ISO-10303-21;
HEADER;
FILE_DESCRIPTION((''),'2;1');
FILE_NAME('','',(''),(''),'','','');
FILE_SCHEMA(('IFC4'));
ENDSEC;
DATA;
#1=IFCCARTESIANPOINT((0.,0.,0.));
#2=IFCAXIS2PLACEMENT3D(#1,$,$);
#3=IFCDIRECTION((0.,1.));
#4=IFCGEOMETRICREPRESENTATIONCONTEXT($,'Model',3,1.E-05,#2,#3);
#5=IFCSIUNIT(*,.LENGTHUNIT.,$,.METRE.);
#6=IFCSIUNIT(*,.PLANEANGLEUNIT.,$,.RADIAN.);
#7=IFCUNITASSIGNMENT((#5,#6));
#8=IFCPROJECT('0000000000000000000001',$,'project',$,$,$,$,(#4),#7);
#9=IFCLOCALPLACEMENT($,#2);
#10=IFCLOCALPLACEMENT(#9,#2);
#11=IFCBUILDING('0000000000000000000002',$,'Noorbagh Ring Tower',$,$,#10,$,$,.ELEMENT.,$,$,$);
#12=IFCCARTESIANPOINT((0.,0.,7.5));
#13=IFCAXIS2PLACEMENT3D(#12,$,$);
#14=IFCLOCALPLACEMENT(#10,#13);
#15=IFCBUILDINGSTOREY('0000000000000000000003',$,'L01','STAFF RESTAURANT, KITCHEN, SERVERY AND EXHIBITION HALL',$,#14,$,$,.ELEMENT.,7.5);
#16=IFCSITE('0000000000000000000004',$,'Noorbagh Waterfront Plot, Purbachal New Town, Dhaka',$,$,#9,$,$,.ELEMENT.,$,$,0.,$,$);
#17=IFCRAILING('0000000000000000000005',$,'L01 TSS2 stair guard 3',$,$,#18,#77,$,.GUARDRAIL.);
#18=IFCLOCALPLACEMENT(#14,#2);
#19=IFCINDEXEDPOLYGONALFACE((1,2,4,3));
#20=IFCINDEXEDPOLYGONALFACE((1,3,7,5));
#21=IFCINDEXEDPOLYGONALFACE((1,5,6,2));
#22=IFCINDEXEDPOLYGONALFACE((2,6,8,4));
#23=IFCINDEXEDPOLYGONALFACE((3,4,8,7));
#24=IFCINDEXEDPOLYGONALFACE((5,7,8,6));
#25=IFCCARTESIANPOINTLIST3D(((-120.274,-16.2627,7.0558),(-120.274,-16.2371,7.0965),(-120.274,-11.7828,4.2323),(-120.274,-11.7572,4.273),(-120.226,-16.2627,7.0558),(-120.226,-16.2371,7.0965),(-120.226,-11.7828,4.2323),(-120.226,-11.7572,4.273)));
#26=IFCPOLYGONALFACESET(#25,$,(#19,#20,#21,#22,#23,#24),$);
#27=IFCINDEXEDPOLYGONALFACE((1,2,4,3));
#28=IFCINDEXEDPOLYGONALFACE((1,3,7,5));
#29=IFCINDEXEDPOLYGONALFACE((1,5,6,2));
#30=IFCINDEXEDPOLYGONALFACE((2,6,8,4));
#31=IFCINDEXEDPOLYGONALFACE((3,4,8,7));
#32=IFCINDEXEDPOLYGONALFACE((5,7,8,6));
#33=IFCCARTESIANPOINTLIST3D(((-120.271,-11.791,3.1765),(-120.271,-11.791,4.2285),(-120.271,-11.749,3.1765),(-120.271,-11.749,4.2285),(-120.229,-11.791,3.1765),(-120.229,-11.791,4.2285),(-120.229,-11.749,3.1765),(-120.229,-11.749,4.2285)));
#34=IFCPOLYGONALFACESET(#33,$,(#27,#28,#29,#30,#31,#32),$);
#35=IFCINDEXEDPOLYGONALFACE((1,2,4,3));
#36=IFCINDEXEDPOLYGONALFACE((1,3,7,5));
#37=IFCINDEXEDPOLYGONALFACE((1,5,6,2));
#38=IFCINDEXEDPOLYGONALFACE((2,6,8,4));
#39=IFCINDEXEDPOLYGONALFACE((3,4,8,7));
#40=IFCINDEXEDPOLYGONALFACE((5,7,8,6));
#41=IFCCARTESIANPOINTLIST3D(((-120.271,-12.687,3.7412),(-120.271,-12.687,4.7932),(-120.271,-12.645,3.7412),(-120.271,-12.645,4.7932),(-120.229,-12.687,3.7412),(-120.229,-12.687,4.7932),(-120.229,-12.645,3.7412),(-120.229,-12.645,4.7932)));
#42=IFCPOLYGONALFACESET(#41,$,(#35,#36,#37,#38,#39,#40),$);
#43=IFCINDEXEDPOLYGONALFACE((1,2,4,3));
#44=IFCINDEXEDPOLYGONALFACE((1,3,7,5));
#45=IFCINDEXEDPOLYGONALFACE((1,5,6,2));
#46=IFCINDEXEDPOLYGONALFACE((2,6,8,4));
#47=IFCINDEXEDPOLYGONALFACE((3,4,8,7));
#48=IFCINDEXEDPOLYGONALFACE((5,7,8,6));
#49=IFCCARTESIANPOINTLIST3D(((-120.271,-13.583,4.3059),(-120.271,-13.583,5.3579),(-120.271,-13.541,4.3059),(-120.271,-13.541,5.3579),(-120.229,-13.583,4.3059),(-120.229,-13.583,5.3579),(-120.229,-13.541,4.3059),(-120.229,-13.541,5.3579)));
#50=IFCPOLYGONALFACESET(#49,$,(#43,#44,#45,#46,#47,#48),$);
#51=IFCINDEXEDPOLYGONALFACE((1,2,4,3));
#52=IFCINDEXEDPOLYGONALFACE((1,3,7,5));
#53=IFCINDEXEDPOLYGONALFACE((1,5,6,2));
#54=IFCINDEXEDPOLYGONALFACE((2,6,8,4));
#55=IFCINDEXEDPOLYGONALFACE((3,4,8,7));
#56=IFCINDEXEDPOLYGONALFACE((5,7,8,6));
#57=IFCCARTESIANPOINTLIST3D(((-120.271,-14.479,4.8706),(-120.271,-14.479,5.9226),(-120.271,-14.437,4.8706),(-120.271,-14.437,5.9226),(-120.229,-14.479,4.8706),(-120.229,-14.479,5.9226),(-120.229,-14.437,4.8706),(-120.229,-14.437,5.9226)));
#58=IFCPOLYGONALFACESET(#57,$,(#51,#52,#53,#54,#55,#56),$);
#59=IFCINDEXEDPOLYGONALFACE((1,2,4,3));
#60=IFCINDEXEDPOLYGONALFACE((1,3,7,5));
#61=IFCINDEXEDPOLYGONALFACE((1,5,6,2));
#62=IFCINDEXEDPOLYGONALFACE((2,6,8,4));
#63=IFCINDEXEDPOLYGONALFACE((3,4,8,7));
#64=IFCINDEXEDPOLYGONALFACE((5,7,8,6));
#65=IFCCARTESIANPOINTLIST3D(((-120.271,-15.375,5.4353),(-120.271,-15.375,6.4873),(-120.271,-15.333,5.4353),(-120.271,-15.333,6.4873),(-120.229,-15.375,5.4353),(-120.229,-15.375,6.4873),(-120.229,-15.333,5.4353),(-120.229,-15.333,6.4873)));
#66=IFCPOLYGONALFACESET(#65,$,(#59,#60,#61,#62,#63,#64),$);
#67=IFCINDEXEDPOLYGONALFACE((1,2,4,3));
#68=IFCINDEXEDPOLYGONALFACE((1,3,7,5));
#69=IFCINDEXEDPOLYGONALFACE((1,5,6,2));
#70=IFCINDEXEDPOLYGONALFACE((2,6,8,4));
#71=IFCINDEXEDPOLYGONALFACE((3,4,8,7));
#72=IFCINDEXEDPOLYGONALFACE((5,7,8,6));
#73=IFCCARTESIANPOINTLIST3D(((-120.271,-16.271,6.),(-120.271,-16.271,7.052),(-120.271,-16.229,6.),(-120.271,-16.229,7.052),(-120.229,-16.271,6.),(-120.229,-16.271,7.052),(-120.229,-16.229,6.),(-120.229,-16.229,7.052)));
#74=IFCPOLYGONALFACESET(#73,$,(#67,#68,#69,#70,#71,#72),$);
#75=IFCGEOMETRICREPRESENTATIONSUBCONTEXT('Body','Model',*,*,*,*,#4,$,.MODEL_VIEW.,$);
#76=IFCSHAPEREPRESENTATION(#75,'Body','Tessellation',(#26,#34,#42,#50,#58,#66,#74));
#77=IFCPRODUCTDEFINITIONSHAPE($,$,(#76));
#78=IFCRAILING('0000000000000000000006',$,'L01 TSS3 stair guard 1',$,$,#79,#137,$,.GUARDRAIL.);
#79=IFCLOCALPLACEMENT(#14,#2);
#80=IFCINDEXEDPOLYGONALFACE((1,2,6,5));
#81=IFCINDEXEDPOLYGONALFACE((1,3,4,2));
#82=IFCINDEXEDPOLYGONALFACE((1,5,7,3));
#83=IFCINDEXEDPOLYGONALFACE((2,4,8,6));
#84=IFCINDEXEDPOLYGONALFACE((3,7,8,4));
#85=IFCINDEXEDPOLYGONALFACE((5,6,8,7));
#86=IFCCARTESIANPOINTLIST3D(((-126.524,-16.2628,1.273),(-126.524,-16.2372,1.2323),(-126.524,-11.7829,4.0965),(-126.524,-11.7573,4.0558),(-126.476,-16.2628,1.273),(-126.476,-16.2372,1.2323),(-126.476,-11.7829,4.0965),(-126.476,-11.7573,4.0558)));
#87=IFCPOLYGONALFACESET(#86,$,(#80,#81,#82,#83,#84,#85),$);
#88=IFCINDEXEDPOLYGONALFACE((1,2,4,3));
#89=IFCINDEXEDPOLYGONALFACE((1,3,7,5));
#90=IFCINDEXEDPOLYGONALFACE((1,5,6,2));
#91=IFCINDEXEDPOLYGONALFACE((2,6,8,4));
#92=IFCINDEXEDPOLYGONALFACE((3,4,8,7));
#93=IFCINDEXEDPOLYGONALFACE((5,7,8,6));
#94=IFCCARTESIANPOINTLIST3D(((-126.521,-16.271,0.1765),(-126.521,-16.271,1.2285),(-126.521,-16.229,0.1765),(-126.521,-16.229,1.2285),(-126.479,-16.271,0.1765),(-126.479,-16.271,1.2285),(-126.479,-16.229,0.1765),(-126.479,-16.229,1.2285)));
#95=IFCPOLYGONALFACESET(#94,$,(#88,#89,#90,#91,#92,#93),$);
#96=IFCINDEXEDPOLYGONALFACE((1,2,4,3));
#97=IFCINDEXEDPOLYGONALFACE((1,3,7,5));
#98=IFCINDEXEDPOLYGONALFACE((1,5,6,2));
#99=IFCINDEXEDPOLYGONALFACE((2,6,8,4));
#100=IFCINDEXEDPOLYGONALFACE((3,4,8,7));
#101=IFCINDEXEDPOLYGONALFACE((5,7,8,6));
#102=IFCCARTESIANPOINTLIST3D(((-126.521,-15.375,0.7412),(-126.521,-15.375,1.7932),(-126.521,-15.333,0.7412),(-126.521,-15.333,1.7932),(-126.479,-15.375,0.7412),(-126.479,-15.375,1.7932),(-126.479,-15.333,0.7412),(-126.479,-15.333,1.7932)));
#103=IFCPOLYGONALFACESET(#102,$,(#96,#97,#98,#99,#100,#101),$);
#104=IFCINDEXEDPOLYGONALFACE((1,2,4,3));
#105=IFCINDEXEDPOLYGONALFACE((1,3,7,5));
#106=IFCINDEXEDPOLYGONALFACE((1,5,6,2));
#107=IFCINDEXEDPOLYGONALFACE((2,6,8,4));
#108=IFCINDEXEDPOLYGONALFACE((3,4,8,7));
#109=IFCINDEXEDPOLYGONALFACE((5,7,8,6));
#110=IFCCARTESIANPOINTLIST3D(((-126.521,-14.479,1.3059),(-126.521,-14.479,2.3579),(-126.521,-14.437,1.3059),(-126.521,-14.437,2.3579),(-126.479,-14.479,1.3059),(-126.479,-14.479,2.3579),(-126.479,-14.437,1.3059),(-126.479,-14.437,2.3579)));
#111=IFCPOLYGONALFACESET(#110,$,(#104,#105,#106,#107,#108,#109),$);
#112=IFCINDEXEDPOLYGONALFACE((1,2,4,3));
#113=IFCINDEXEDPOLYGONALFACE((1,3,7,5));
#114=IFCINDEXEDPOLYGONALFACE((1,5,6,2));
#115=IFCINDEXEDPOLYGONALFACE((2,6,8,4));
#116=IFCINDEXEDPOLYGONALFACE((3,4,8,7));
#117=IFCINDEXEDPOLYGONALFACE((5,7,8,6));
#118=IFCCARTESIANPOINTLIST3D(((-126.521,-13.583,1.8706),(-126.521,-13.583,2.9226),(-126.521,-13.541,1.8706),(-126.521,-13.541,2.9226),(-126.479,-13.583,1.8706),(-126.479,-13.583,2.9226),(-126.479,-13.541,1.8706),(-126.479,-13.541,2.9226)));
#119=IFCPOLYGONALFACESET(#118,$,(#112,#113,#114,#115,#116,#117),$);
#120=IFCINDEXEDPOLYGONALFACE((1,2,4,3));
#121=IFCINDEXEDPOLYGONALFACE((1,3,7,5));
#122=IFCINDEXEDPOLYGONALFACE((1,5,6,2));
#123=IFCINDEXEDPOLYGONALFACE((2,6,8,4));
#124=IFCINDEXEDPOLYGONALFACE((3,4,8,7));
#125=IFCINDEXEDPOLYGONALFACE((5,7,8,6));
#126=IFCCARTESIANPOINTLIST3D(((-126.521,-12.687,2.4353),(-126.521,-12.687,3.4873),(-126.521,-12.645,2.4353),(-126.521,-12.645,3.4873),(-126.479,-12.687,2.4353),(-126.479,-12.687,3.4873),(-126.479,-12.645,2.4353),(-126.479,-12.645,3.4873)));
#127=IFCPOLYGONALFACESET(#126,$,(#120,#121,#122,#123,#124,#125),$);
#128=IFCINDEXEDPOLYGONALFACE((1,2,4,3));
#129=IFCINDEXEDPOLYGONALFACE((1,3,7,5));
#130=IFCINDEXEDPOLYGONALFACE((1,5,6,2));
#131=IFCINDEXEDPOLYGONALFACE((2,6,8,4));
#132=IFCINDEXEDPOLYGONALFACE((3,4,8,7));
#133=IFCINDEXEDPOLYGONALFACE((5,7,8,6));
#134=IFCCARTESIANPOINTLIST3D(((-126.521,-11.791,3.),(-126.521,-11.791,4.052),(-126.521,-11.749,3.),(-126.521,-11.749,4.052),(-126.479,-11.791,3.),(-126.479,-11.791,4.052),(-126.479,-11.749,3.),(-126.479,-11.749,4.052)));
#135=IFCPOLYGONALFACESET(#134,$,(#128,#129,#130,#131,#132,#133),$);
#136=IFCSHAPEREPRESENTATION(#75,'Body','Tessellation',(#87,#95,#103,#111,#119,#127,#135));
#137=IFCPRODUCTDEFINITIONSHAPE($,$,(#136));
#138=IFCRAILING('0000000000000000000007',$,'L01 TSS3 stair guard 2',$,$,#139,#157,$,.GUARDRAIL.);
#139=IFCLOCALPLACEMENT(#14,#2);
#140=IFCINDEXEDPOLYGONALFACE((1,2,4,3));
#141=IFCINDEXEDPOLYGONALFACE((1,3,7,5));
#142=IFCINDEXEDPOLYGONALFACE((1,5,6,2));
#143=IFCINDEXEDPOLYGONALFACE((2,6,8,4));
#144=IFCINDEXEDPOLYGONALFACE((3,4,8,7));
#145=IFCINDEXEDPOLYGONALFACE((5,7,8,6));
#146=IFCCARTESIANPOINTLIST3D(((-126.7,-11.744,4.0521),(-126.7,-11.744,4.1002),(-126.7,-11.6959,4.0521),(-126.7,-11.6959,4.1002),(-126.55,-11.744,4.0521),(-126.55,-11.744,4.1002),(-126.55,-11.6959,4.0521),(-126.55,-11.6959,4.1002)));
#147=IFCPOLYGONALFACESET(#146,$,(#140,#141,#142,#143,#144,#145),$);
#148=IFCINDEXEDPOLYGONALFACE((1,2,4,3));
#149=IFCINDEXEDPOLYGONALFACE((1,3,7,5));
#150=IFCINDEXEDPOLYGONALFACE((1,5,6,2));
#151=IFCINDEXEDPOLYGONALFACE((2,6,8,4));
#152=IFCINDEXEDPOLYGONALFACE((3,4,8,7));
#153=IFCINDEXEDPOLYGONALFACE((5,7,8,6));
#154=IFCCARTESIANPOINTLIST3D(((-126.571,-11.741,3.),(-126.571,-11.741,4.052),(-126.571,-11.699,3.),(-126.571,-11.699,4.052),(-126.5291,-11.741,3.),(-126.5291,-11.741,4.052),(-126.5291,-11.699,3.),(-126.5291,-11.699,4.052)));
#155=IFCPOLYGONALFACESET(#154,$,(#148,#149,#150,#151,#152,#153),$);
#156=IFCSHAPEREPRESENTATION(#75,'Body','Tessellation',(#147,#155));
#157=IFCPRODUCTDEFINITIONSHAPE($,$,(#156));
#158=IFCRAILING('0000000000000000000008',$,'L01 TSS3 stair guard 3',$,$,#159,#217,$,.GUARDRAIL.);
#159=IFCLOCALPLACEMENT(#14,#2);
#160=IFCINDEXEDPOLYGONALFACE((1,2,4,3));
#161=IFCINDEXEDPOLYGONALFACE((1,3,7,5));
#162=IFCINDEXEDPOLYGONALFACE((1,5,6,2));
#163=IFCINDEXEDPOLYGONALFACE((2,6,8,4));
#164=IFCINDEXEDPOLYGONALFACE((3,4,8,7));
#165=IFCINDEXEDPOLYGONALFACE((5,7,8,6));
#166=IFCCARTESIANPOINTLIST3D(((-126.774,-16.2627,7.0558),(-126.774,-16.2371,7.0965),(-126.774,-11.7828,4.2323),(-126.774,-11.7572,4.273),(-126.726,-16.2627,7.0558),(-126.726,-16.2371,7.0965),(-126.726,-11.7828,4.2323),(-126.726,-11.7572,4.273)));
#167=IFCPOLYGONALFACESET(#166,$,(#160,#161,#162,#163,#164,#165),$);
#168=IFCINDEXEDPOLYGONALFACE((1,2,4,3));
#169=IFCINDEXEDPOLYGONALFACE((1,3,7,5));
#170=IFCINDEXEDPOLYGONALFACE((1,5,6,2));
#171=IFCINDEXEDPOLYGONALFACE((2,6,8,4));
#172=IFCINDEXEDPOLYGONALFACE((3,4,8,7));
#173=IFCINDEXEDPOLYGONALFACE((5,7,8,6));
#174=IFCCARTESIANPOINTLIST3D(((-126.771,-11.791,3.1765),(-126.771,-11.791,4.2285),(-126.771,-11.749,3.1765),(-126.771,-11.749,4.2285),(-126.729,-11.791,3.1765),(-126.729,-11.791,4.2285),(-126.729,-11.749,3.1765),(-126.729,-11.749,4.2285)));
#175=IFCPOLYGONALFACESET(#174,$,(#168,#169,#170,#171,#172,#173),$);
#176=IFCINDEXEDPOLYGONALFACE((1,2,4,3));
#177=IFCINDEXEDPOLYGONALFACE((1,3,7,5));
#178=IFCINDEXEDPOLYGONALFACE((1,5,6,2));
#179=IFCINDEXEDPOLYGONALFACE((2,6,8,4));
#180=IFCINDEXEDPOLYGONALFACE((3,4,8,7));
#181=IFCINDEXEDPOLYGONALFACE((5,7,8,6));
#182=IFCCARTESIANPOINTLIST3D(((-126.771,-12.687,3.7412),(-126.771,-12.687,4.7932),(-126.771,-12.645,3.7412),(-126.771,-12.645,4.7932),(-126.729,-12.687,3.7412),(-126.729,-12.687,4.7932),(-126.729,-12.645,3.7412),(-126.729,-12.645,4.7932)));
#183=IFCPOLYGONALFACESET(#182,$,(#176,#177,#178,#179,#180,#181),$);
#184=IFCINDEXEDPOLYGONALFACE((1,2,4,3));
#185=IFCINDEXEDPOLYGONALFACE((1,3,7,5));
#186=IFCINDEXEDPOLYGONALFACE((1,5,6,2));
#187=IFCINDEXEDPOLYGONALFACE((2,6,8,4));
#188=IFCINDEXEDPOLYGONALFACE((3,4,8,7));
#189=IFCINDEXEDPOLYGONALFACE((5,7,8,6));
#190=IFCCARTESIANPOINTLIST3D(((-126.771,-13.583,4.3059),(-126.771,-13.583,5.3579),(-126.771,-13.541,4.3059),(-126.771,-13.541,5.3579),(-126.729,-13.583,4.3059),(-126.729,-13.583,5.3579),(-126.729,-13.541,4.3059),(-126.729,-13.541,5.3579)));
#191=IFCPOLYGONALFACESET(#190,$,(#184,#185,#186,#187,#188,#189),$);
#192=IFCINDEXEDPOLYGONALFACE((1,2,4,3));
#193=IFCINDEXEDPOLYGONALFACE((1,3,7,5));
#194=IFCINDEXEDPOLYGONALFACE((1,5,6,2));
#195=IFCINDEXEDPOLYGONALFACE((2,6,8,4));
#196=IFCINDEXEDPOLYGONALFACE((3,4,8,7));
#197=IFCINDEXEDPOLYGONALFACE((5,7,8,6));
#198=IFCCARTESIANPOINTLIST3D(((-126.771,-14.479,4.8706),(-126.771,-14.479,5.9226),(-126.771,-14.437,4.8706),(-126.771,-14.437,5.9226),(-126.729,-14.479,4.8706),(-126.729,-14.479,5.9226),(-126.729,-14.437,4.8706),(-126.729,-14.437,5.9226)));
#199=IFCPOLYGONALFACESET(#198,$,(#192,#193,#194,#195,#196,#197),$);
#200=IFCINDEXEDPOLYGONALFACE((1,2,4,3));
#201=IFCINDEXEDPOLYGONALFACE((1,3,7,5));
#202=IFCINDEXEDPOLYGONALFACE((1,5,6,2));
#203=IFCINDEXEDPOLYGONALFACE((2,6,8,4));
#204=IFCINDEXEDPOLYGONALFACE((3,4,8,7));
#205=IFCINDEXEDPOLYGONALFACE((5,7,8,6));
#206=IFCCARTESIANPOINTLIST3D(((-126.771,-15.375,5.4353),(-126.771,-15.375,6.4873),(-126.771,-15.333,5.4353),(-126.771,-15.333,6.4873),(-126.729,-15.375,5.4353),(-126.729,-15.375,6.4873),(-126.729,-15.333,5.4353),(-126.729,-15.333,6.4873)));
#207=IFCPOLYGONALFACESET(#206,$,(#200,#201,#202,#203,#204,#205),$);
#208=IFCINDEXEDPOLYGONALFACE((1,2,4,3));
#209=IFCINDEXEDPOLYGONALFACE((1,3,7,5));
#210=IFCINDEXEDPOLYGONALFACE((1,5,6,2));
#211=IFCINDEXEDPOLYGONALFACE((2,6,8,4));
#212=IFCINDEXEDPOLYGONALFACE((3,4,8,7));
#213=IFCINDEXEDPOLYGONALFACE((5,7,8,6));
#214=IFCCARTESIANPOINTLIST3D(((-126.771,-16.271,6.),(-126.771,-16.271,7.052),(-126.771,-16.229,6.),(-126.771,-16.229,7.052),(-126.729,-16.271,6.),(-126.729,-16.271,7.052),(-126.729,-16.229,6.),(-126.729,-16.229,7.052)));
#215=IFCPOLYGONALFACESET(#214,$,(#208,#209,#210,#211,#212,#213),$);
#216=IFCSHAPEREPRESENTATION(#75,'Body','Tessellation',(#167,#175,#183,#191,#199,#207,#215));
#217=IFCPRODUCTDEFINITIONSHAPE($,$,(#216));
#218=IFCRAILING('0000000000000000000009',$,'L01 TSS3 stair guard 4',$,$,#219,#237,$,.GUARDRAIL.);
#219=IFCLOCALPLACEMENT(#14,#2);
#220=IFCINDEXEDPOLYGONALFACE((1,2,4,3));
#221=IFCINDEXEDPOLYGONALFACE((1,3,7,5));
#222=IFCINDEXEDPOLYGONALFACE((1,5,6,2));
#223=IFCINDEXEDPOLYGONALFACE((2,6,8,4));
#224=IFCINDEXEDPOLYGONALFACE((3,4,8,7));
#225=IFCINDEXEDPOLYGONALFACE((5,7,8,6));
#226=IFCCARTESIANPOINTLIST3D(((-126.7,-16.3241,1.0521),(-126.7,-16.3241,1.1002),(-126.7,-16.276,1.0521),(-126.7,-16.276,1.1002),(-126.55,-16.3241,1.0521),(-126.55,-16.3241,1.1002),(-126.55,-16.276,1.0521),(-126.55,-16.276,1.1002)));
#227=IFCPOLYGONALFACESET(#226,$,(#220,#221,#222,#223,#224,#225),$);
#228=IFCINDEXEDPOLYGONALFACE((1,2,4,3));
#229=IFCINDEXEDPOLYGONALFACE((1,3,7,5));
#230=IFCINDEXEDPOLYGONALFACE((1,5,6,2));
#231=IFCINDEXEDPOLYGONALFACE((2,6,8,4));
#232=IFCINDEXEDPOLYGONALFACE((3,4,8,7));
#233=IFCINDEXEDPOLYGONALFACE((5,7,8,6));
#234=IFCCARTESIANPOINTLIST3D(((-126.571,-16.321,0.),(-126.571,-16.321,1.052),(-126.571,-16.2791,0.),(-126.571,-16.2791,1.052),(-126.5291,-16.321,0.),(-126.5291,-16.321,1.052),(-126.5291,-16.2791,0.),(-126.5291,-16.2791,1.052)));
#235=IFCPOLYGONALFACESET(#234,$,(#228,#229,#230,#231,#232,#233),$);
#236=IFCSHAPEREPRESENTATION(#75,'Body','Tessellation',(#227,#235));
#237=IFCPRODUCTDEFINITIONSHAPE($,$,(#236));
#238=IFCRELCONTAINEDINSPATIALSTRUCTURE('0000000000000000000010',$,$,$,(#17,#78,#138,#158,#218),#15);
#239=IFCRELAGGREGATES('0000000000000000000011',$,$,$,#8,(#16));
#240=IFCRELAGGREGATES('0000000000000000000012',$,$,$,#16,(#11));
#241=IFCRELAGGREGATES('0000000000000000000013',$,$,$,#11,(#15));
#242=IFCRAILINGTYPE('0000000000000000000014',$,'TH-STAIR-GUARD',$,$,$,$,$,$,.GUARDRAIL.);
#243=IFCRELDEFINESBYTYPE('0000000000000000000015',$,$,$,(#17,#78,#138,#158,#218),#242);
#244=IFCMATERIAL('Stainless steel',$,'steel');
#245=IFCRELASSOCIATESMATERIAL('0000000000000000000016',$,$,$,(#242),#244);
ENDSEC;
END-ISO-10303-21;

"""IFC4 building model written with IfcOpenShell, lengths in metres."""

from ifc_helpers import new_model, si_unit, direction, frame, origin, origin_2d, place, context, subcontext, project, spatial, rectangle, extrude, material, type_object, element, save


model = new_model("IFC4")

# Units and contexts
model_context = context("Model", 3, precision=1e-05, world=origin(), true_north=direction((0.0, 1.0)))
body_context = subcontext(model_context, "Body", "Model", "MODEL_VIEW")
ifc_project = project(units=[si_unit("LENGTHUNIT", "METRE"), si_unit("PLANEANGLEUNIT", "RADIAN")], contexts=[model_context])

# Site, building, storey
site_placement = place(None, origin())
site = spatial("IfcSite", under=ifc_project, at=site_placement, Name="Noorbagh Waterfront Plot, Purbachal New Town, Dhaka", CompositionType="ELEMENT", RefElevation=0.0)
building_placement = place(site_placement, origin())
building = spatial("IfcBuilding", under=site, at=building_placement, Name="Noorbagh Ring Tower", CompositionType="ELEMENT")
storey_placement = place(building_placement, frame((0.0, 0.0, 7.5)))
storey = spatial("IfcBuildingStorey", under=building, at=storey_placement, Name="L01", Description="STAFF RESTAURANT, KITCHEN, SERVERY AND EXHIBITION HALL", CompositionType="ELEMENT", Elevation=7.5)

# Railings
ifc_material_1 = material(Name="Stainless steel", Category="steel")
railing_type_1 = type_object("IfcRailingType", Name="TH-STAIR-GUARD", PredefinedType="GUARDRAIL", material=ifc_material_1)
railing_1_placement = place(storey_placement, frame((-120.25, -11.77, 3.1765)))
element("IfcRailing", 1, at=railing_1_placement, inside=storey, type_object=railing_type_1, Name="L01 TSS2 stair guard 3", PredefinedType="GUARDRAIL", context=body_context, shape_type="SweptSolid", body=[
    extrude(rectangle(XDim=0.0481, YDim=0.0481, at=origin_2d()), frame((0.0, 0.0, 1.0762), z_axis=(0.0, -0.845998, 0.533186), x_axis=(1.0, 0.0, 0.0)), (0.0, 0.0, 1.0), 5.2954),
    extrude(rectangle(XDim=0.042, YDim=0.042, at=origin_2d()), origin(), (0.0, 0.0, 1.0), 1.052),
    extrude(rectangle(XDim=0.042, YDim=0.042, at=origin_2d()), frame((0.0, -0.896, 0.5647)), (0.0, 0.0, 1.0), 1.052),
    extrude(rectangle(XDim=0.042, YDim=0.042, at=origin_2d()), frame((0.0, -1.792, 1.1294)), (0.0, 0.0, 1.0), 1.052),
    extrude(rectangle(XDim=0.042, YDim=0.042, at=origin_2d()), frame((0.0, -2.688, 1.6941)), (0.0, 0.0, 1.0), 1.052),
    extrude(rectangle(XDim=0.042, YDim=0.042, at=origin_2d()), frame((0.0, -3.584, 2.2588)), (0.0, 0.0, 1.0), 1.052),
    extrude(rectangle(XDim=0.042, YDim=0.042, at=origin_2d()), frame((0.0, -4.48, 2.8235)), (0.0, 0.0, 1.0), 1.052),
])
railing_2_placement = place(storey_placement, frame((-126.5, -16.25, 0.1765)))
element("IfcRailing", 2, at=railing_2_placement, inside=storey, type_object=railing_type_1, Name="L01 TSS3 stair guard 1", PredefinedType="GUARDRAIL", context=body_context, shape_type="SweptSolid", body=[
    extrude(rectangle(XDim=0.0481, YDim=0.0481, at=origin_2d()), frame((0.0, 0.0, 1.0762), z_axis=(0.0, 0.845998, 0.533186), x_axis=(-1.0, 0.0, 0.0)), (0.0, 0.0, 1.0), 5.2954),
    extrude(rectangle(XDim=0.042, YDim=0.042, at=origin_2d()), origin(), (0.0, 0.0, 1.0), 1.052),
    extrude(rectangle(XDim=0.042, YDim=0.042, at=origin_2d()), frame((0.0, 0.896, 0.5647)), (0.0, 0.0, 1.0), 1.052),
    extrude(rectangle(XDim=0.042, YDim=0.042, at=origin_2d()), frame((0.0, 1.792, 1.1294)), (0.0, 0.0, 1.0), 1.052),
    extrude(rectangle(XDim=0.042, YDim=0.042, at=origin_2d()), frame((0.0, 2.688, 1.6941)), (0.0, 0.0, 1.0), 1.052),
    extrude(rectangle(XDim=0.042, YDim=0.042, at=origin_2d()), frame((0.0, 3.584, 2.2588)), (0.0, 0.0, 1.0), 1.052),
    extrude(rectangle(XDim=0.042, YDim=0.042, at=origin_2d()), frame((0.0, 4.48, 2.8235)), (0.0, 0.0, 1.0), 1.052),
])
railing_3_placement = place(storey_placement, frame((-126.55, -11.72, 3.0)))
element("IfcRailing", 3, at=railing_3_placement, inside=storey, type_object=railing_type_1, Name="L01 TSS3 stair guard 2", PredefinedType="GUARDRAIL", context=body_context, shape_type="SweptSolid", body=[
    extrude(rectangle(XDim=0.0481, YDim=0.0481, at=origin_2d()), frame((0.0, 0.0, 1.0762), z_axis=(-1.0, 0.0, 0.0), x_axis=(0.0, -1.0, 0.0)), (0.0, 0.0, 1.0), 0.1499),
    extrude(rectangle(XDim=0.042, YDim=0.042, at=origin_2d()), origin(), (0.0, 0.0, 1.0), 1.052),
])
railing_4_placement = place(storey_placement, frame((-126.75, -11.77, 3.1765)))
element("IfcRailing", 4, at=railing_4_placement, inside=storey, type_object=railing_type_1, Name="L01 TSS3 stair guard 3", PredefinedType="GUARDRAIL", context=body_context, shape_type="SweptSolid", body=[
    extrude(rectangle(XDim=0.0481, YDim=0.0481, at=origin_2d()), frame((0.0, 0.0, 1.0762), z_axis=(0.0, -0.845998, 0.533186), x_axis=(1.0, 0.0, 0.0)), (0.0, 0.0, 1.0), 5.2954),
    extrude(rectangle(XDim=0.042, YDim=0.042, at=origin_2d()), origin(), (0.0, 0.0, 1.0), 1.052),
    extrude(rectangle(XDim=0.042, YDim=0.042, at=origin_2d()), frame((0.0, -0.896, 0.5647)), (0.0, 0.0, 1.0), 1.052),
    extrude(rectangle(XDim=0.042, YDim=0.042, at=origin_2d()), frame((0.0, -1.792, 1.1294)), (0.0, 0.0, 1.0), 1.052),
    extrude(rectangle(XDim=0.042, YDim=0.042, at=origin_2d()), frame((0.0, -2.688, 1.6941)), (0.0, 0.0, 1.0), 1.052),
    extrude(rectangle(XDim=0.042, YDim=0.042, at=origin_2d()), frame((0.0, -3.584, 2.2588)), (0.0, 0.0, 1.0), 1.052),
    extrude(rectangle(XDim=0.042, YDim=0.042, at=origin_2d()), frame((0.0, -4.48, 2.8235)), (0.0, 0.0, 1.0), 1.052),
])
railing_5_placement = place(storey_placement, frame((-126.55, -16.3, 0.0)))
element("IfcRailing", 5, at=railing_5_placement, inside=storey, type_object=railing_type_1, Name="L01 TSS3 stair guard 4", PredefinedType="GUARDRAIL", context=body_context, shape_type="SweptSolid", body=[
    extrude(rectangle(XDim=0.0481, YDim=0.0481, at=origin_2d()), frame((0.0, 0.0, 1.0762), z_axis=(-1.0, 0.0, 0.0), x_axis=(0.0, -1.0, 0.0)), (0.0, 0.0, 1.0), 0.1499),
    extrude(rectangle(XDim=0.042, YDim=0.042, at=origin_2d()), origin(), (0.0, 0.0, 1.0), 1.052),
])

save(model, "model.ifc")
